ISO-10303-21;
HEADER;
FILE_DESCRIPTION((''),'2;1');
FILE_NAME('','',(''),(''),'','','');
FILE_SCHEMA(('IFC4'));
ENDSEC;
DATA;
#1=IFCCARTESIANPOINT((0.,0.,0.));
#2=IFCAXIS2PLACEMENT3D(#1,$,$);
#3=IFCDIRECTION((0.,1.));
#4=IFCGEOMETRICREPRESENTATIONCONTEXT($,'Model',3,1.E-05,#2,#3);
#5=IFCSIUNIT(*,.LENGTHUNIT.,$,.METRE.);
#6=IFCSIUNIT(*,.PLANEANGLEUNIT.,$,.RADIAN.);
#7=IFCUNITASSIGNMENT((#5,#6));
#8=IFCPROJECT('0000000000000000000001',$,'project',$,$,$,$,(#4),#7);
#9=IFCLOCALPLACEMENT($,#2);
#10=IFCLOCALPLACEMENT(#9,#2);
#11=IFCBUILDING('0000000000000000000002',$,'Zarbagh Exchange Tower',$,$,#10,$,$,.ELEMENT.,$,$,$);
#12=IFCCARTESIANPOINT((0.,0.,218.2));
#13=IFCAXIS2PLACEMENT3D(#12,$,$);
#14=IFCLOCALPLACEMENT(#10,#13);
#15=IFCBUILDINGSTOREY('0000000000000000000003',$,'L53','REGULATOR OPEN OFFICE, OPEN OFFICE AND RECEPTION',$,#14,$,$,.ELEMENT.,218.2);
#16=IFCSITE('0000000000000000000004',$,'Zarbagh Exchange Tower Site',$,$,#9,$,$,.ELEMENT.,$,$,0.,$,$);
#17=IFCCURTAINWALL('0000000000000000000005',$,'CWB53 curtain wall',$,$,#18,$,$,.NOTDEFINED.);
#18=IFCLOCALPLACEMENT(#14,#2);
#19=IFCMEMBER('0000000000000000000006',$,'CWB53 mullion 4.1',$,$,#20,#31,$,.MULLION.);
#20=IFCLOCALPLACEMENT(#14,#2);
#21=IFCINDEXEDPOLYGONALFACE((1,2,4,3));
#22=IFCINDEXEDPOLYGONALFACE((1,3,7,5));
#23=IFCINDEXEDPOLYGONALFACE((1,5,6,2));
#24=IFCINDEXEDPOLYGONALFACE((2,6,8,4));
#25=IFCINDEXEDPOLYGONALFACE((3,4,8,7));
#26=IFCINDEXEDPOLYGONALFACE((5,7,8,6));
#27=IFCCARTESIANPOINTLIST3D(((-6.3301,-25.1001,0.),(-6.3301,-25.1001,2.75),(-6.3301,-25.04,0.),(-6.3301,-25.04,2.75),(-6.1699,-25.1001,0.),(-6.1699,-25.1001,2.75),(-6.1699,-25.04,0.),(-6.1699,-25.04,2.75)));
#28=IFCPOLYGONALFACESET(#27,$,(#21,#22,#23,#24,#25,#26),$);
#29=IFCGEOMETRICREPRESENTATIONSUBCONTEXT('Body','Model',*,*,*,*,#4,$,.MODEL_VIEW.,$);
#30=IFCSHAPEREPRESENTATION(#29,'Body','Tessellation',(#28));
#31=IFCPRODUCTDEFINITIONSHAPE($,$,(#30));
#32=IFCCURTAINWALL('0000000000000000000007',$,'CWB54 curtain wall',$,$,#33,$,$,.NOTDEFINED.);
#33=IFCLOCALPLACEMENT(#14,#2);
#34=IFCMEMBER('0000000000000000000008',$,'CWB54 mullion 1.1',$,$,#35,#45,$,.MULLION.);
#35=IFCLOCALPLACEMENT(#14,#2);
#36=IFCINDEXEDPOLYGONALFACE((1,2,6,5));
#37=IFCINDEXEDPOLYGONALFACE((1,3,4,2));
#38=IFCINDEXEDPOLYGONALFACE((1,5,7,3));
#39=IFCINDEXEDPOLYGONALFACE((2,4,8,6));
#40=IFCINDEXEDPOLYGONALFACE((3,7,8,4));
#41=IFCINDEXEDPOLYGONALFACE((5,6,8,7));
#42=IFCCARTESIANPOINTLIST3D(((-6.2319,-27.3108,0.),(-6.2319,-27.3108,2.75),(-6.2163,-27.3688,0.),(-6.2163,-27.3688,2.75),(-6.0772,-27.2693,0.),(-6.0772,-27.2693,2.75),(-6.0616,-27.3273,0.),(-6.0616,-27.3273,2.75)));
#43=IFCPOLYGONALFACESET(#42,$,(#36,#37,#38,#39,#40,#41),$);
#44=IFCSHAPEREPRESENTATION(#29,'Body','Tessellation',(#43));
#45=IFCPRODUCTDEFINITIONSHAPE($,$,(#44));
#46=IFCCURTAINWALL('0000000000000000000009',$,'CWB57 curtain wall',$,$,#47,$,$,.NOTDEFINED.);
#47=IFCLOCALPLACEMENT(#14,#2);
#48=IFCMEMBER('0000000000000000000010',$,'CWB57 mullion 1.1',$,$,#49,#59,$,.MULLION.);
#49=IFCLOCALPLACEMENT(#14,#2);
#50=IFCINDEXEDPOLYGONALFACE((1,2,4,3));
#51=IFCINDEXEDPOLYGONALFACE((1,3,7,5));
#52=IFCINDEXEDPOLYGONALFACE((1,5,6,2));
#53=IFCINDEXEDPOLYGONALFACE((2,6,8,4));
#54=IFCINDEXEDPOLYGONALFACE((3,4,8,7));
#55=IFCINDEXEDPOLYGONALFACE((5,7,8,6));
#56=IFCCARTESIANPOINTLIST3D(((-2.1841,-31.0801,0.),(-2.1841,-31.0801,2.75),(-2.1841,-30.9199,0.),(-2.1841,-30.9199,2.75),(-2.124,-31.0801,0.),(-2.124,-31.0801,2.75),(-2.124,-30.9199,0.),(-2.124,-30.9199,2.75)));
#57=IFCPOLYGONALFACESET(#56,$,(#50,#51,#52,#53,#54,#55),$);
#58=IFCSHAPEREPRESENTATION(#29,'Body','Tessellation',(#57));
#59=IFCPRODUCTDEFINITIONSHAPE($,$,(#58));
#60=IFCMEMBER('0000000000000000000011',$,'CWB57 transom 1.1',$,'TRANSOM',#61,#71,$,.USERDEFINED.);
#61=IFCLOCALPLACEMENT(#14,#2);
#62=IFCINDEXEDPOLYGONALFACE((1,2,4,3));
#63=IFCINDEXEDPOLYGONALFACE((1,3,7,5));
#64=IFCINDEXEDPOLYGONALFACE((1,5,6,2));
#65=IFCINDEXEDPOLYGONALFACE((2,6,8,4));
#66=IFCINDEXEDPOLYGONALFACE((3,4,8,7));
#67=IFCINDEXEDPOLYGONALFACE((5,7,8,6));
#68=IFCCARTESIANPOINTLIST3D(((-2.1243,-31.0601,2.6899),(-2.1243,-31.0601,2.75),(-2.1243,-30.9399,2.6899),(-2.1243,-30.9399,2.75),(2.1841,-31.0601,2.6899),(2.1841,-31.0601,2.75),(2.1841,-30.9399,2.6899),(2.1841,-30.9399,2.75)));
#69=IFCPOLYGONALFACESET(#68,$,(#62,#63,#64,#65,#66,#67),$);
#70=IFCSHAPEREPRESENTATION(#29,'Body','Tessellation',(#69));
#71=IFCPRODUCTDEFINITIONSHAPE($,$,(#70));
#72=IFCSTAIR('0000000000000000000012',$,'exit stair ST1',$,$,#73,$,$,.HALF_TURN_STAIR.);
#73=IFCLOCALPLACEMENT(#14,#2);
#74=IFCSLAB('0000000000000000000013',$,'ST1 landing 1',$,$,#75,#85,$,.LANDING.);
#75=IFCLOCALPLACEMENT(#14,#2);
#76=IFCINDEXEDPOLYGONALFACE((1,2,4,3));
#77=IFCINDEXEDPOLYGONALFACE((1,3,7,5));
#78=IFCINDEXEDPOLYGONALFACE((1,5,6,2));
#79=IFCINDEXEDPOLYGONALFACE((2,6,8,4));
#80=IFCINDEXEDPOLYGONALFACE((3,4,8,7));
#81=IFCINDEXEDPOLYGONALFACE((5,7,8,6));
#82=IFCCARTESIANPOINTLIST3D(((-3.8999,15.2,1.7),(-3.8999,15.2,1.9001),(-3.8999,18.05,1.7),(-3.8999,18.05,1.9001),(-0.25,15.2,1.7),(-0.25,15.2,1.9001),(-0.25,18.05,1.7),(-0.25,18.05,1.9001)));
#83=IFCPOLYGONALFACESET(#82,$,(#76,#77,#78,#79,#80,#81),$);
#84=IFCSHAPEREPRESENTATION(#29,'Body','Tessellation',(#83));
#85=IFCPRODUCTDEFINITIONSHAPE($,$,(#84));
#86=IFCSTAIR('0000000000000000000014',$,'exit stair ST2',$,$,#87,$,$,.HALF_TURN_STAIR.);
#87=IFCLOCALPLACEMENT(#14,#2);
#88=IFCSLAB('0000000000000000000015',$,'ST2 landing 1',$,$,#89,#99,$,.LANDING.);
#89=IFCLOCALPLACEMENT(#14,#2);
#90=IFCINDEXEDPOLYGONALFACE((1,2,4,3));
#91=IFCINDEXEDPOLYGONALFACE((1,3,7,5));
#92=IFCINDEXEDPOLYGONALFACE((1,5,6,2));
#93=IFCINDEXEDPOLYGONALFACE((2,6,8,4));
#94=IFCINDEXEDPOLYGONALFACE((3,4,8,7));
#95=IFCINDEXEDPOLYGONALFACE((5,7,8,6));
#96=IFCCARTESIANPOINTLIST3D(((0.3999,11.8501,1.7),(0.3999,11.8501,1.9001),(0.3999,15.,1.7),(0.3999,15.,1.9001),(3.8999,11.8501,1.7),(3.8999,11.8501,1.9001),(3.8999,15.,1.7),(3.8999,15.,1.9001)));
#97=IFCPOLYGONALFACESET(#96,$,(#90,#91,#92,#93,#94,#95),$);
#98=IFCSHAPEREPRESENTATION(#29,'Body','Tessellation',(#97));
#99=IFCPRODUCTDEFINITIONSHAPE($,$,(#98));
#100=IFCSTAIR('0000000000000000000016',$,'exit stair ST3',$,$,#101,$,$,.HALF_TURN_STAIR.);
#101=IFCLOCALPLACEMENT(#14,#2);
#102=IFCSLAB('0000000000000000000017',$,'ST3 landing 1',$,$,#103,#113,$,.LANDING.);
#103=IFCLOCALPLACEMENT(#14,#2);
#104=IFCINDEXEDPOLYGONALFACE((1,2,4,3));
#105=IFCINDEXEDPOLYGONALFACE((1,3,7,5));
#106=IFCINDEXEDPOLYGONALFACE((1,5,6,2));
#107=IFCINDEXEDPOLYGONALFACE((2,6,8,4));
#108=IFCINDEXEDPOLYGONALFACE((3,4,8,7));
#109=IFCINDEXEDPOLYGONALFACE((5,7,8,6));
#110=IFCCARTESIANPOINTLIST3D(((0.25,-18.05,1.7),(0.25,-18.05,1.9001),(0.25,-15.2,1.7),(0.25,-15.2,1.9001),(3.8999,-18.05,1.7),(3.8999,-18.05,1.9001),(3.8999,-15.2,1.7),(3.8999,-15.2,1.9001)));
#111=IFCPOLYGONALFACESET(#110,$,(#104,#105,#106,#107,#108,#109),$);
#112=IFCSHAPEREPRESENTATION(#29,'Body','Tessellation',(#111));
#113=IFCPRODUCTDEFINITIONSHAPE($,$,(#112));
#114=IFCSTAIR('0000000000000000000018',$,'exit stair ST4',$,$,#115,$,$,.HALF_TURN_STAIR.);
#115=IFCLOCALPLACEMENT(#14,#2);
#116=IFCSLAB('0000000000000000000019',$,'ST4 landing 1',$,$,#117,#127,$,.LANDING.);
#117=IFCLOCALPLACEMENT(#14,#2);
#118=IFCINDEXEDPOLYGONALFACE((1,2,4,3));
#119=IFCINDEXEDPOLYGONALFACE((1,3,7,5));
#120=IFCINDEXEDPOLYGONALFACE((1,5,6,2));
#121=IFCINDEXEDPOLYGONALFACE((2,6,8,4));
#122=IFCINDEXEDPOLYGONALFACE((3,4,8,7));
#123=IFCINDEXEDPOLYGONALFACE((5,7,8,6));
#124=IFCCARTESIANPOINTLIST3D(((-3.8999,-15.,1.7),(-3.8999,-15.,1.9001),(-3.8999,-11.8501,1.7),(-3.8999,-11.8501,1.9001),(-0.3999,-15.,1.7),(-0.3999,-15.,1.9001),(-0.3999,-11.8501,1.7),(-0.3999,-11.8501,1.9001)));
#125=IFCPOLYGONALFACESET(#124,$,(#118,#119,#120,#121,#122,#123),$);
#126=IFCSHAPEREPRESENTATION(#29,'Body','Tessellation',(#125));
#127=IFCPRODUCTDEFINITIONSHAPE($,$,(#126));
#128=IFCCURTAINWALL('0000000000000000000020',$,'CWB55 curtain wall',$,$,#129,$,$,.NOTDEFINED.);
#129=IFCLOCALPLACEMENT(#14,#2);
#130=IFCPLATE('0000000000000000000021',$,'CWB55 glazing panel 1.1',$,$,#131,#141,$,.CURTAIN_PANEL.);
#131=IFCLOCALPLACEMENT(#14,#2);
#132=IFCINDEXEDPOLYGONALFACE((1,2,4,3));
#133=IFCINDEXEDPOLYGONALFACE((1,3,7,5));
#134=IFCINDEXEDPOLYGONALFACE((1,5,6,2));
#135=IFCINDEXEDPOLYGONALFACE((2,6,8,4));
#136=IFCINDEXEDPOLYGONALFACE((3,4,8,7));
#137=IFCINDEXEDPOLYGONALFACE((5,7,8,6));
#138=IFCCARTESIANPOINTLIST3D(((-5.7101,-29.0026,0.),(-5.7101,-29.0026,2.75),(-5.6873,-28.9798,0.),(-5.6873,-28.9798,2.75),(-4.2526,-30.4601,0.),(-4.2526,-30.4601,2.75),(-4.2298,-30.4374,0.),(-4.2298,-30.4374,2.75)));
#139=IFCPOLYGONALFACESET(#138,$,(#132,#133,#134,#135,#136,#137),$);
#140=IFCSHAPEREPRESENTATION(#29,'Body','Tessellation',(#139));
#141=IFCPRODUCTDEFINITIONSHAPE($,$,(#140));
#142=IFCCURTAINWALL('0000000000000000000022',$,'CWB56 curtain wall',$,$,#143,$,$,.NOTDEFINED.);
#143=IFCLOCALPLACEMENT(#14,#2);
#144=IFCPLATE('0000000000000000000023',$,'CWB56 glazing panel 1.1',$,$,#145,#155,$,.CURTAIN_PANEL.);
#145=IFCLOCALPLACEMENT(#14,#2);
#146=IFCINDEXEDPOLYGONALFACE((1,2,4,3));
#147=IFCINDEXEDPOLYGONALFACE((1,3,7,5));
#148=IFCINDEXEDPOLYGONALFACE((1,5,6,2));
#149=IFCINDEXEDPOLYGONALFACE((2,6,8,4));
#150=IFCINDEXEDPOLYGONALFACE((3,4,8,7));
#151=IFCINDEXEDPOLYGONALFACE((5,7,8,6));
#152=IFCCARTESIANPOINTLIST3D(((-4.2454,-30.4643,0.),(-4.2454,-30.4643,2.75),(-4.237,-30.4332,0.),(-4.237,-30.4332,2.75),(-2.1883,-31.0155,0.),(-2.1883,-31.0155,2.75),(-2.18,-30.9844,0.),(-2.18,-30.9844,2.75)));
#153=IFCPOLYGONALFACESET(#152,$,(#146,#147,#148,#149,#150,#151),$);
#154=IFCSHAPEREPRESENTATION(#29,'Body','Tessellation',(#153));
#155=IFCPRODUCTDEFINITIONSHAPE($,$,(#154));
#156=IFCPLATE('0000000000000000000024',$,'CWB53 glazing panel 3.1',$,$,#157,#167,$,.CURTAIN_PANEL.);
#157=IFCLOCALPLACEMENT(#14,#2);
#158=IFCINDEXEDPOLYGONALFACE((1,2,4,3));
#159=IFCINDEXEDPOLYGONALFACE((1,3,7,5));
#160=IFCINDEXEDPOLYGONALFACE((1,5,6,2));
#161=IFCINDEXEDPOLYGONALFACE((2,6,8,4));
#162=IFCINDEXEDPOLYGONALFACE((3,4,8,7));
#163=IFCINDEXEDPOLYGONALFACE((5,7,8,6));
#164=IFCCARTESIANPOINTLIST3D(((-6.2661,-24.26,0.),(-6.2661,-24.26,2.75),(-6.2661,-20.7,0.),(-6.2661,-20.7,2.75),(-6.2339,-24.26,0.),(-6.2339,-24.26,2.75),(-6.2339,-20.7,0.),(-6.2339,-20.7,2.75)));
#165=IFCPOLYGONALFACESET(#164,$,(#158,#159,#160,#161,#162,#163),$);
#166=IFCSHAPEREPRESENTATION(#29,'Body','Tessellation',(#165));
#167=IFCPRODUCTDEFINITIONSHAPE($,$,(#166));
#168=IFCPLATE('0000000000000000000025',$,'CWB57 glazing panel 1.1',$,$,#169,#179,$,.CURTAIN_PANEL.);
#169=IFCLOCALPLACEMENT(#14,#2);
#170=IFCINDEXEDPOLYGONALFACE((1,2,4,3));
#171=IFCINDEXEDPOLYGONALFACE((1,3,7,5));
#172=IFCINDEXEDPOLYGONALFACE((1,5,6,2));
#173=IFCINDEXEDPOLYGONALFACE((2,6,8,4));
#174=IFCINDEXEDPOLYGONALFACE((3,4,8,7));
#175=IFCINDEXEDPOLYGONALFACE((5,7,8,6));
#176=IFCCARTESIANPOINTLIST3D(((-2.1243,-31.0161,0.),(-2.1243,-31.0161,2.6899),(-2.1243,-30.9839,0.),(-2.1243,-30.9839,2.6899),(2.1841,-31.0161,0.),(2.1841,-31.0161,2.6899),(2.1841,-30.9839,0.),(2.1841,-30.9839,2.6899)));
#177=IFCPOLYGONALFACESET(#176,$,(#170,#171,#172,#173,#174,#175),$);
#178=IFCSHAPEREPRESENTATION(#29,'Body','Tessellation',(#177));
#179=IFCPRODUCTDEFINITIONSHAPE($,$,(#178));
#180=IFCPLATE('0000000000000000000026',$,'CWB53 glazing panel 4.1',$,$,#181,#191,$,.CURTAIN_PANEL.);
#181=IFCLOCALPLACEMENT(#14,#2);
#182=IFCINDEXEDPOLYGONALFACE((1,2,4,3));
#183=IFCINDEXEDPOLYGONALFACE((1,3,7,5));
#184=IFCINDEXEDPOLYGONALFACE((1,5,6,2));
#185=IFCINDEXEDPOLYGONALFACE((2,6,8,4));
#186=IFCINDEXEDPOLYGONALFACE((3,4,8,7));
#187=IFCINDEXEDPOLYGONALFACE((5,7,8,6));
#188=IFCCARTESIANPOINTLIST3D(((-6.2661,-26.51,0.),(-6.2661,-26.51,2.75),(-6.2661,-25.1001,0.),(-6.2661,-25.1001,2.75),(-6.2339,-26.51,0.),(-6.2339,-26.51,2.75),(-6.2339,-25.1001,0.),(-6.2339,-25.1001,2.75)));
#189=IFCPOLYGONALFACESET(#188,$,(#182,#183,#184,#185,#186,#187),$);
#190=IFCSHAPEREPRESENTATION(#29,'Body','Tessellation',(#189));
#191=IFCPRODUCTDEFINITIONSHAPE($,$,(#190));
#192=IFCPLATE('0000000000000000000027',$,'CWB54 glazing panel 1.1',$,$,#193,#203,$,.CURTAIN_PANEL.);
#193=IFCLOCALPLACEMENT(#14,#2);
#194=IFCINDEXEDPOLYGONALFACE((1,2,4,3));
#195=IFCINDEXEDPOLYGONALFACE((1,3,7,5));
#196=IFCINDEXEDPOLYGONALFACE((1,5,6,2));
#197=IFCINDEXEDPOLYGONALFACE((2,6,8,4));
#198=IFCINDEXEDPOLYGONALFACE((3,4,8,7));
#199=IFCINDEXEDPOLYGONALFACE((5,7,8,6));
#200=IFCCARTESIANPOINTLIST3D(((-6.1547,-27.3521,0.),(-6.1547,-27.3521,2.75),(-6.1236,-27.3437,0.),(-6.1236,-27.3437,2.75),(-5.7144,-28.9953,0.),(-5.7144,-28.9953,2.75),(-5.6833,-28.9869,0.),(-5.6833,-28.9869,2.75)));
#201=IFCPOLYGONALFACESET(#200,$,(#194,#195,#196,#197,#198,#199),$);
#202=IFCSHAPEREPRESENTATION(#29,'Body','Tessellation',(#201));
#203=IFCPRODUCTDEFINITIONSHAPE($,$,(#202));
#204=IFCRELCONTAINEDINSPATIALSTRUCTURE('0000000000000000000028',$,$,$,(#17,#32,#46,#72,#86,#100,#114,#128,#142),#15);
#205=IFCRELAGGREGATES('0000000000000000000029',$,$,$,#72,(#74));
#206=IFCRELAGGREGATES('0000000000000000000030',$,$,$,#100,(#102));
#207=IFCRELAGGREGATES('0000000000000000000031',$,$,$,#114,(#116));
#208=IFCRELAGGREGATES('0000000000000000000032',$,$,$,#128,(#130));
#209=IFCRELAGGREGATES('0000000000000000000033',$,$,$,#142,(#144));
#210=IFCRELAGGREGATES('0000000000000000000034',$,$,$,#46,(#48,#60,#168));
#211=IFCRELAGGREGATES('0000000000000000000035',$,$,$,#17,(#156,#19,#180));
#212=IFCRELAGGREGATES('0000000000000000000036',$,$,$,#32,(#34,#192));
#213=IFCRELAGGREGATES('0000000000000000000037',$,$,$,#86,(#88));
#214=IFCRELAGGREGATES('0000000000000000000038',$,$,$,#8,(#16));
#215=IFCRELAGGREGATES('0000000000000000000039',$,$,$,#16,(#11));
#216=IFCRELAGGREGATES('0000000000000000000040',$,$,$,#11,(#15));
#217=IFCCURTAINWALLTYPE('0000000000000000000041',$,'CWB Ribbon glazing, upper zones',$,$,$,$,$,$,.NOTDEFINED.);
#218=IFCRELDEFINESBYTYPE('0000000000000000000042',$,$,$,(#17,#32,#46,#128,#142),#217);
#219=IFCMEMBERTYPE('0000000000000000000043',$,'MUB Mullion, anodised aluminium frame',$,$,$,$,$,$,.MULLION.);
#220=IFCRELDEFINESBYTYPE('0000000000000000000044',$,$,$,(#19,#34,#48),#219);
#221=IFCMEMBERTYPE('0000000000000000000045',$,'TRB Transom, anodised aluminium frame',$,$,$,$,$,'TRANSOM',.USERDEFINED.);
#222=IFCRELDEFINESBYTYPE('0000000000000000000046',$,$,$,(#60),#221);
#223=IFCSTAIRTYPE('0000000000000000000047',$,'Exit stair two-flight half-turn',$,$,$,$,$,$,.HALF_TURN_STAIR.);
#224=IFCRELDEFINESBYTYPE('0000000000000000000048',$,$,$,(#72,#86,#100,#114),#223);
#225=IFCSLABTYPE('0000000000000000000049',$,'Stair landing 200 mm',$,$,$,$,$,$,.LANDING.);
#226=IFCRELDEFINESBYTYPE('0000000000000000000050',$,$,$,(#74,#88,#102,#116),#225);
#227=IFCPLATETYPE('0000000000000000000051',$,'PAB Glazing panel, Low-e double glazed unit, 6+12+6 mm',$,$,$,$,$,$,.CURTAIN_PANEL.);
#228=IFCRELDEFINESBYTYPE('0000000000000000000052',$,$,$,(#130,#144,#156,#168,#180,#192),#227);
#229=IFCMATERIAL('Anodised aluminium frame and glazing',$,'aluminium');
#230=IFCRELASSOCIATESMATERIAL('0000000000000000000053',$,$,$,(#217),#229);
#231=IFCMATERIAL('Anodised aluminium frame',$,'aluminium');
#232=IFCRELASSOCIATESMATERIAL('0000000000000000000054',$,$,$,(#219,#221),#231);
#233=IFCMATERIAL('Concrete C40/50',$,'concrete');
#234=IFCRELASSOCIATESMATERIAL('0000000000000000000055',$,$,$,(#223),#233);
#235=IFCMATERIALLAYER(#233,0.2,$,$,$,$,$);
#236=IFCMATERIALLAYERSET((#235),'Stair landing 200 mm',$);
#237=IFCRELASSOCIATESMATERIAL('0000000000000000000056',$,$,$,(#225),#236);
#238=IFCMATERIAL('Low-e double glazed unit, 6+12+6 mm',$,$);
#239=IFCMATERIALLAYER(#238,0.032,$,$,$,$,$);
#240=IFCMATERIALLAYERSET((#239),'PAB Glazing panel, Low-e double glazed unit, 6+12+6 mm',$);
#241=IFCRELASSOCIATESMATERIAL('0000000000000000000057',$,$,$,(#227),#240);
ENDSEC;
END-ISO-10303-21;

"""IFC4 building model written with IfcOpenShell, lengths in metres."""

from ifc_helpers import new_model, si_unit, direction, frame, origin, place, context, subcontext, project, spatial, polyline, outline, extrude, source, transform, mapped, material, layer, layer_set, type_object, element, aggregate, save


model = new_model("IFC4")

# Units and contexts
model_context = context("Model", 3, precision=1e-05, world=origin(), true_north=direction((0.0, 1.0)))
body_context = subcontext(model_context, "Body", "Model", "MODEL_VIEW")
ifc_project = project(units=[si_unit("LENGTHUNIT", "METRE"), si_unit("PLANEANGLEUNIT", "RADIAN")], contexts=[model_context])

# Site, building, storey
site_placement = place(None, origin())
site = spatial("IfcSite", under=ifc_project, at=site_placement, Name="Zarbagh Exchange Tower Site", CompositionType="ELEMENT", RefElevation=0.0)
building_placement = place(site_placement, origin())
building = spatial("IfcBuilding", under=site, at=building_placement, Name="Zarbagh Exchange Tower", CompositionType="ELEMENT")
storey_placement = place(building_placement, frame((0.0, 0.0, 218.2)))
storey = spatial("IfcBuildingStorey", under=building, at=storey_placement, Name="L53", Description="REGULATOR OPEN OFFICE, OPEN OFFICE AND RECEPTION", CompositionType="ELEMENT", Elevation=218.2)

# Curtain walls, members
ifc_material_1 = material(Name="Anodised aluminium frame and glazing", Category="aluminium")
curtain_wall_type = type_object("IfcCurtainWallType", Name="CWB Ribbon glazing, upper zones", PredefinedType="NOTDEFINED", material=ifc_material_1)
curtain_wall_1_placement = place(storey_placement, origin())
curtain_wall_1 = element("IfcCurtainWall", 1, at=curtain_wall_1_placement, inside=storey, type_object=curtain_wall_type, Name="CWB53 curtain wall", PredefinedType="NOTDEFINED")
ifc_material_2 = material(Name="Anodised aluminium frame", Category="aluminium")
member_type_1 = type_object("IfcMemberType", Name="MUB Mullion, anodised aluminium frame", PredefinedType="MULLION", material=ifc_material_2)
shared_shape_1 = source(origin(), body_context, "Body", "SweptSolid", [
    extrude(outline(polyline([(0.0, -0.0801), (0.0601, -0.0801), (0.0601, 0.0801), (0.0, 0.0801), (0.0, -0.0801)])), origin(), (0.0, 0.0, 1.0), 2.75),
])
placement = place(storey_placement, origin())
member_1 = element("IfcMember", 2, at=placement, type_object=member_type_1, Name="CWB53 mullion 4.1", PredefinedType="MULLION", context=body_context, shape_type="MappedRepresentation", body=[
    mapped(shared_shape_1, transform((-6.25, -25.04, 0.0), x_axis=(0.0, -1.0, 0.0), y_axis=(1.0, 0.0, 0.0), z_axis=(0.0, 0.0, 1.0))),
])
curtain_wall_2_placement = place(storey_placement, origin())
curtain_wall_2 = element("IfcCurtainWall", 3, at=curtain_wall_2_placement, inside=storey, type_object=curtain_wall_type, Name="CWB54 curtain wall", PredefinedType="NOTDEFINED")
member_2 = element("IfcMember", 4, at=placement, type_object=member_type_1, Name="CWB54 mullion 1.1", PredefinedType="MULLION", context=body_context, shape_type="MappedRepresentation", body=[
    mapped(shared_shape_1, transform((-6.1545, -27.29, 0.0), x_axis=(0.258825, -0.965924, 0.0), y_axis=(0.965924, 0.258825, 0.0), z_axis=(0.0, 0.0, 1.0))),
])

# Curtain wall, members
curtain_wall_3_placement = place(storey_placement, origin())
curtain_wall_3 = element("IfcCurtainWall", 5, at=curtain_wall_3_placement, inside=storey, type_object=curtain_wall_type, Name="CWB57 curtain wall", PredefinedType="NOTDEFINED")
member_3 = element("IfcMember", 6, at=placement, type_object=member_type_1, Name="CWB57 mullion 1.1", PredefinedType="MULLION", context=body_context, shape_type="MappedRepresentation", body=[
    mapped(shared_shape_1, transform((-2.1841, -31.0, 0.0), x_axis=(1.0, 0.0, 0.0), y_axis=(0.0, 1.0, 0.0), z_axis=(0.0, 0.0, 1.0))),
])
member_type_2 = type_object("IfcMemberType", Name="TRB Transom, anodised aluminium frame", ElementType="TRANSOM", PredefinedType="USERDEFINED", material=ifc_material_2)
shared_shape_2 = source(origin(), body_context, "Body", "SweptSolid", [
    extrude(outline(polyline([(-0.0601, -0.0601), (0.0, -0.0601), (0.0, 0.0601), (-0.0601, 0.0601), (-0.0601, -0.0601)])), origin(), (0.0, 0.0, 1.0), 4.3083),
])
member_4 = element("IfcMember", 7, at=placement, type_object=member_type_2, Name="CWB57 transom 1.1", ObjectType="TRANSOM", PredefinedType="USERDEFINED", context=body_context, shape_type="MappedRepresentation", body=[
    mapped(shared_shape_2, transform((-2.1243, -31.0, 2.75), x_axis=(0.0, 0.0, 1.0), y_axis=(0.0, -1.0, 0.0), z_axis=(1.0, 0.0, 0.0))),
])

# Stairs, slabs
ifc_material_3 = material(Name="Concrete C40/50", Category="concrete")
stair_type = type_object("IfcStairType", Name="Exit stair two-flight half-turn", PredefinedType="HALF_TURN_STAIR", material=ifc_material_3)
stair_1_placement = place(storey_placement, origin())
stair_1 = element("IfcStair", 8, at=stair_1_placement, inside=storey, type_object=stair_type, Name="exit stair ST1", PredefinedType="HALF_TURN_STAIR")
ifc_layer_1 = layer(ifc_material_3, 0.2)
ifc_layer_set_1 = layer_set([ifc_layer_1], Name="Stair landing 200 mm")
slab_type = type_object("IfcSlabType", Name="Stair landing 200 mm", PredefinedType="LANDING", material=ifc_layer_set_1)
slab_1_placement = place(storey_placement, frame((0.0, 0.0, 1.7)))
slab_1 = element("IfcSlab", 9, at=slab_1_placement, type_object=slab_type, Name="ST1 landing 1", PredefinedType="LANDING", context=body_context, shape_type="SweptSolid", body=[
    extrude(outline(polyline([(-0.25, 18.05), (-3.8999, 18.05), (-3.8999, 15.2), (-0.25, 15.2), (-0.25, 18.05)])), origin(), (0.0, 0.0, 1.0), 0.2002),
])
aggregate(stair_1, [slab_1])
stair_2_placement = place(storey_placement, origin())
stair_2 = element("IfcStair", 10, at=stair_2_placement, inside=storey, type_object=stair_type, Name="exit stair ST2", PredefinedType="HALF_TURN_STAIR")
slab_2_placement = place(storey_placement, frame((0.0, 0.0, 1.7)))
slab_2 = element("IfcSlab", 11, at=slab_2_placement, type_object=slab_type, Name="ST2 landing 1", PredefinedType="LANDING", context=body_context, shape_type="SweptSolid", body=[
    extrude(outline(polyline([(0.3999, 11.8501), (3.8999, 11.8501), (3.8999, 15.0), (0.3999, 15.0), (0.3999, 11.8501)])), origin(), (0.0, 0.0, 1.0), 0.2002),
])
stair_3_placement = place(storey_placement, origin())
stair_3 = element("IfcStair", 12, at=stair_3_placement, inside=storey, type_object=stair_type, Name="exit stair ST3", PredefinedType="HALF_TURN_STAIR")
slab_3_placement = place(storey_placement, frame((0.0, 0.0, 1.7)))
slab_3 = element("IfcSlab", 13, at=slab_3_placement, type_object=slab_type, Name="ST3 landing 1", PredefinedType="LANDING", context=body_context, shape_type="SweptSolid", body=[
    extrude(outline(polyline([(0.25, -18.05), (3.8999, -18.05), (3.8999, -15.2), (0.25, -15.2), (0.25, -18.05)])), origin(), (0.0, 0.0, 1.0), 0.2002),
])
aggregate(stair_3, [slab_3])
stair_4_placement = place(storey_placement, origin())
stair_4 = element("IfcStair", 14, at=stair_4_placement, inside=storey, type_object=stair_type, Name="exit stair ST4", PredefinedType="HALF_TURN_STAIR")
slab_4_placement = place(storey_placement, frame((0.0, 0.0, 1.7)))
slab_4 = element("IfcSlab", 15, at=slab_4_placement, type_object=slab_type, Name="ST4 landing 1", PredefinedType="LANDING", context=body_context, shape_type="SweptSolid", body=[
    extrude(outline(polyline([(-0.3999, -11.8501), (-3.8999, -11.8501), (-3.8999, -15.0), (-0.3999, -15.0), (-0.3999, -11.8501)])), origin(), (0.0, 0.0, 1.0), 0.2002),
])
aggregate(stair_4, [slab_4])

# Curtain walls, plates
curtain_wall_4_placement = place(storey_placement, origin())
curtain_wall_4 = element("IfcCurtainWall", 16, at=curtain_wall_4_placement, inside=storey, type_object=curtain_wall_type, Name="CWB55 curtain wall", PredefinedType="NOTDEFINED")
ifc_material_4 = material(Name="Low-e double glazed unit, 6+12+6 mm")
ifc_layer_2 = layer(ifc_material_4, 0.032)
ifc_layer_set_2 = layer_set([ifc_layer_2], Name="PAB Glazing panel, Low-e double glazed unit, 6+12+6 mm")
plate_type = type_object("IfcPlateType", Name="PAB Glazing panel, Low-e double glazed unit, 6+12+6 mm", PredefinedType="CURTAIN_PANEL", material=ifc_layer_set_2)
shared_shape_3 = source(origin(), body_context, "Body", "SweptSolid", [
    extrude(outline(polyline([(0.0, -0.0161), (2.0613, -0.0161), (2.0613, 0.0161), (0.0, 0.0161), (0.0, -0.0161)])), origin(), (0.0, 0.0, 1.0), 2.75),
])
plate_1 = element("IfcPlate", 17, at=placement, type_object=plate_type, Name="CWB55 glazing panel 1.1", PredefinedType="CURTAIN_PANEL", context=body_context, shape_type="MappedRepresentation", body=[
    mapped(shared_shape_3, transform((-5.6987, -28.9912, 0.0), x_axis=(0.707107, -0.707107, 0.0), y_axis=(0.707107, 0.707107, 0.0), z_axis=(0.0, 0.0, 1.0))),
])
aggregate(curtain_wall_4, [plate_1])
curtain_wall_5_placement = place(storey_placement, origin())
curtain_wall_5 = element("IfcCurtainWall", 18, at=curtain_wall_5_placement, inside=storey, type_object=curtain_wall_type, Name="CWB56 curtain wall", PredefinedType="NOTDEFINED")
shared_shape_4 = source(origin(), body_context, "Body", "SweptSolid", [
    extrude(outline(polyline([(0.0, -0.0161), (2.1296, -0.0161), (2.1296, 0.0161), (0.0, 0.0161), (0.0, -0.0161)])), origin(), (0.0, 0.0, 1.0), 2.75),
])
plate_2 = element("IfcPlate", 19, at=placement, type_object=plate_type, Name="CWB56 glazing panel 1.1", PredefinedType="CURTAIN_PANEL", context=body_context, shape_type="MappedRepresentation", body=[
    mapped(shared_shape_4, transform((-4.2412, -30.4487, 0.0), x_axis=(0.965924, -0.258825, 0.0), y_axis=(0.258825, 0.965924, 0.0), z_axis=(0.0, 0.0, 1.0))),
])
aggregate(curtain_wall_5, [plate_2])

# Plates
shared_shape_5 = source(origin(), body_context, "Body", "SweptSolid", [
    extrude(outline(polyline([(0.0, -0.0161), (3.5601, -0.0161), (3.5601, 0.0161), (0.0, 0.0161), (0.0, -0.0161)])), origin(), (0.0, 0.0, 1.0), 2.75),
])
plate_3 = element("IfcPlate", 20, at=placement, type_object=plate_type, Name="CWB53 glazing panel 3.1", PredefinedType="CURTAIN_PANEL", context=body_context, shape_type="MappedRepresentation", body=[
    mapped(shared_shape_5, transform((-6.25, -20.7, 0.0), x_axis=(0.0, -1.0, 0.0), y_axis=(1.0, 0.0, 0.0), z_axis=(0.0, 0.0, 1.0))),
])
shared_shape_6 = source(origin(), body_context, "Body", "SweptSolid", [
    extrude(outline(polyline([(0.0, -0.0161), (4.3083, -0.0161), (4.3083, 0.0161), (0.0, 0.0161), (0.0, -0.0161)])), origin(), (0.0, 0.0, 1.0), 2.6899),
])
plate_4 = element("IfcPlate", 21, at=placement, type_object=plate_type, Name="CWB57 glazing panel 1.1", PredefinedType="CURTAIN_PANEL", context=body_context, shape_type="MappedRepresentation", body=[
    mapped(shared_shape_6, transform((-2.1243, -31.0, 0.0), x_axis=(1.0, 0.0, 0.0), y_axis=(0.0, 1.0, 0.0), z_axis=(0.0, 0.0, 1.0))),
])
aggregate(curtain_wall_3, [member_3, member_4, plate_4])
shared_shape_7 = source(origin(), body_context, "Body", "SweptSolid", [
    extrude(outline(polyline([(0.0, -0.0161), (1.4099, -0.0161), (1.4099, 0.0161), (0.0, 0.0161), (0.0, -0.0161)])), origin(), (0.0, 0.0, 1.0), 2.75),
])
plate_5 = element("IfcPlate", 22, at=placement, type_object=plate_type, Name="CWB53 glazing panel 4.1", PredefinedType="CURTAIN_PANEL", context=body_context, shape_type="MappedRepresentation", body=[
    mapped(shared_shape_7, transform((-6.25, -25.1001, 0.0), x_axis=(0.0, -1.0, 0.0), y_axis=(1.0, 0.0, 0.0), z_axis=(0.0, 0.0, 1.0))),
])
aggregate(curtain_wall_1, [plate_3, member_1, plate_5])
shared_shape_8 = source(origin(), body_context, "Body", "SweptSolid", [
    extrude(outline(polyline([(0.0, -0.0161), (1.7012, -0.0161), (1.7012, 0.0161), (0.0, 0.0161), (0.0, -0.0161)])), origin(), (0.0, 0.0, 1.0), 2.75),
])
plate_6 = element("IfcPlate", 23, at=placement, type_object=plate_type, Name="CWB54 glazing panel 1.1", PredefinedType="CURTAIN_PANEL", context=body_context, shape_type="MappedRepresentation", body=[
    mapped(shared_shape_8, transform((-6.1392, -27.3479, 0.0), x_axis=(0.258825, -0.965924, 0.0), y_axis=(0.965924, 0.258825, 0.0), z_axis=(0.0, 0.0, 1.0))),
])
aggregate(curtain_wall_2, [member_2, plate_6])

aggregate(stair_2, [slab_2])

save(model, "model.ifc")
